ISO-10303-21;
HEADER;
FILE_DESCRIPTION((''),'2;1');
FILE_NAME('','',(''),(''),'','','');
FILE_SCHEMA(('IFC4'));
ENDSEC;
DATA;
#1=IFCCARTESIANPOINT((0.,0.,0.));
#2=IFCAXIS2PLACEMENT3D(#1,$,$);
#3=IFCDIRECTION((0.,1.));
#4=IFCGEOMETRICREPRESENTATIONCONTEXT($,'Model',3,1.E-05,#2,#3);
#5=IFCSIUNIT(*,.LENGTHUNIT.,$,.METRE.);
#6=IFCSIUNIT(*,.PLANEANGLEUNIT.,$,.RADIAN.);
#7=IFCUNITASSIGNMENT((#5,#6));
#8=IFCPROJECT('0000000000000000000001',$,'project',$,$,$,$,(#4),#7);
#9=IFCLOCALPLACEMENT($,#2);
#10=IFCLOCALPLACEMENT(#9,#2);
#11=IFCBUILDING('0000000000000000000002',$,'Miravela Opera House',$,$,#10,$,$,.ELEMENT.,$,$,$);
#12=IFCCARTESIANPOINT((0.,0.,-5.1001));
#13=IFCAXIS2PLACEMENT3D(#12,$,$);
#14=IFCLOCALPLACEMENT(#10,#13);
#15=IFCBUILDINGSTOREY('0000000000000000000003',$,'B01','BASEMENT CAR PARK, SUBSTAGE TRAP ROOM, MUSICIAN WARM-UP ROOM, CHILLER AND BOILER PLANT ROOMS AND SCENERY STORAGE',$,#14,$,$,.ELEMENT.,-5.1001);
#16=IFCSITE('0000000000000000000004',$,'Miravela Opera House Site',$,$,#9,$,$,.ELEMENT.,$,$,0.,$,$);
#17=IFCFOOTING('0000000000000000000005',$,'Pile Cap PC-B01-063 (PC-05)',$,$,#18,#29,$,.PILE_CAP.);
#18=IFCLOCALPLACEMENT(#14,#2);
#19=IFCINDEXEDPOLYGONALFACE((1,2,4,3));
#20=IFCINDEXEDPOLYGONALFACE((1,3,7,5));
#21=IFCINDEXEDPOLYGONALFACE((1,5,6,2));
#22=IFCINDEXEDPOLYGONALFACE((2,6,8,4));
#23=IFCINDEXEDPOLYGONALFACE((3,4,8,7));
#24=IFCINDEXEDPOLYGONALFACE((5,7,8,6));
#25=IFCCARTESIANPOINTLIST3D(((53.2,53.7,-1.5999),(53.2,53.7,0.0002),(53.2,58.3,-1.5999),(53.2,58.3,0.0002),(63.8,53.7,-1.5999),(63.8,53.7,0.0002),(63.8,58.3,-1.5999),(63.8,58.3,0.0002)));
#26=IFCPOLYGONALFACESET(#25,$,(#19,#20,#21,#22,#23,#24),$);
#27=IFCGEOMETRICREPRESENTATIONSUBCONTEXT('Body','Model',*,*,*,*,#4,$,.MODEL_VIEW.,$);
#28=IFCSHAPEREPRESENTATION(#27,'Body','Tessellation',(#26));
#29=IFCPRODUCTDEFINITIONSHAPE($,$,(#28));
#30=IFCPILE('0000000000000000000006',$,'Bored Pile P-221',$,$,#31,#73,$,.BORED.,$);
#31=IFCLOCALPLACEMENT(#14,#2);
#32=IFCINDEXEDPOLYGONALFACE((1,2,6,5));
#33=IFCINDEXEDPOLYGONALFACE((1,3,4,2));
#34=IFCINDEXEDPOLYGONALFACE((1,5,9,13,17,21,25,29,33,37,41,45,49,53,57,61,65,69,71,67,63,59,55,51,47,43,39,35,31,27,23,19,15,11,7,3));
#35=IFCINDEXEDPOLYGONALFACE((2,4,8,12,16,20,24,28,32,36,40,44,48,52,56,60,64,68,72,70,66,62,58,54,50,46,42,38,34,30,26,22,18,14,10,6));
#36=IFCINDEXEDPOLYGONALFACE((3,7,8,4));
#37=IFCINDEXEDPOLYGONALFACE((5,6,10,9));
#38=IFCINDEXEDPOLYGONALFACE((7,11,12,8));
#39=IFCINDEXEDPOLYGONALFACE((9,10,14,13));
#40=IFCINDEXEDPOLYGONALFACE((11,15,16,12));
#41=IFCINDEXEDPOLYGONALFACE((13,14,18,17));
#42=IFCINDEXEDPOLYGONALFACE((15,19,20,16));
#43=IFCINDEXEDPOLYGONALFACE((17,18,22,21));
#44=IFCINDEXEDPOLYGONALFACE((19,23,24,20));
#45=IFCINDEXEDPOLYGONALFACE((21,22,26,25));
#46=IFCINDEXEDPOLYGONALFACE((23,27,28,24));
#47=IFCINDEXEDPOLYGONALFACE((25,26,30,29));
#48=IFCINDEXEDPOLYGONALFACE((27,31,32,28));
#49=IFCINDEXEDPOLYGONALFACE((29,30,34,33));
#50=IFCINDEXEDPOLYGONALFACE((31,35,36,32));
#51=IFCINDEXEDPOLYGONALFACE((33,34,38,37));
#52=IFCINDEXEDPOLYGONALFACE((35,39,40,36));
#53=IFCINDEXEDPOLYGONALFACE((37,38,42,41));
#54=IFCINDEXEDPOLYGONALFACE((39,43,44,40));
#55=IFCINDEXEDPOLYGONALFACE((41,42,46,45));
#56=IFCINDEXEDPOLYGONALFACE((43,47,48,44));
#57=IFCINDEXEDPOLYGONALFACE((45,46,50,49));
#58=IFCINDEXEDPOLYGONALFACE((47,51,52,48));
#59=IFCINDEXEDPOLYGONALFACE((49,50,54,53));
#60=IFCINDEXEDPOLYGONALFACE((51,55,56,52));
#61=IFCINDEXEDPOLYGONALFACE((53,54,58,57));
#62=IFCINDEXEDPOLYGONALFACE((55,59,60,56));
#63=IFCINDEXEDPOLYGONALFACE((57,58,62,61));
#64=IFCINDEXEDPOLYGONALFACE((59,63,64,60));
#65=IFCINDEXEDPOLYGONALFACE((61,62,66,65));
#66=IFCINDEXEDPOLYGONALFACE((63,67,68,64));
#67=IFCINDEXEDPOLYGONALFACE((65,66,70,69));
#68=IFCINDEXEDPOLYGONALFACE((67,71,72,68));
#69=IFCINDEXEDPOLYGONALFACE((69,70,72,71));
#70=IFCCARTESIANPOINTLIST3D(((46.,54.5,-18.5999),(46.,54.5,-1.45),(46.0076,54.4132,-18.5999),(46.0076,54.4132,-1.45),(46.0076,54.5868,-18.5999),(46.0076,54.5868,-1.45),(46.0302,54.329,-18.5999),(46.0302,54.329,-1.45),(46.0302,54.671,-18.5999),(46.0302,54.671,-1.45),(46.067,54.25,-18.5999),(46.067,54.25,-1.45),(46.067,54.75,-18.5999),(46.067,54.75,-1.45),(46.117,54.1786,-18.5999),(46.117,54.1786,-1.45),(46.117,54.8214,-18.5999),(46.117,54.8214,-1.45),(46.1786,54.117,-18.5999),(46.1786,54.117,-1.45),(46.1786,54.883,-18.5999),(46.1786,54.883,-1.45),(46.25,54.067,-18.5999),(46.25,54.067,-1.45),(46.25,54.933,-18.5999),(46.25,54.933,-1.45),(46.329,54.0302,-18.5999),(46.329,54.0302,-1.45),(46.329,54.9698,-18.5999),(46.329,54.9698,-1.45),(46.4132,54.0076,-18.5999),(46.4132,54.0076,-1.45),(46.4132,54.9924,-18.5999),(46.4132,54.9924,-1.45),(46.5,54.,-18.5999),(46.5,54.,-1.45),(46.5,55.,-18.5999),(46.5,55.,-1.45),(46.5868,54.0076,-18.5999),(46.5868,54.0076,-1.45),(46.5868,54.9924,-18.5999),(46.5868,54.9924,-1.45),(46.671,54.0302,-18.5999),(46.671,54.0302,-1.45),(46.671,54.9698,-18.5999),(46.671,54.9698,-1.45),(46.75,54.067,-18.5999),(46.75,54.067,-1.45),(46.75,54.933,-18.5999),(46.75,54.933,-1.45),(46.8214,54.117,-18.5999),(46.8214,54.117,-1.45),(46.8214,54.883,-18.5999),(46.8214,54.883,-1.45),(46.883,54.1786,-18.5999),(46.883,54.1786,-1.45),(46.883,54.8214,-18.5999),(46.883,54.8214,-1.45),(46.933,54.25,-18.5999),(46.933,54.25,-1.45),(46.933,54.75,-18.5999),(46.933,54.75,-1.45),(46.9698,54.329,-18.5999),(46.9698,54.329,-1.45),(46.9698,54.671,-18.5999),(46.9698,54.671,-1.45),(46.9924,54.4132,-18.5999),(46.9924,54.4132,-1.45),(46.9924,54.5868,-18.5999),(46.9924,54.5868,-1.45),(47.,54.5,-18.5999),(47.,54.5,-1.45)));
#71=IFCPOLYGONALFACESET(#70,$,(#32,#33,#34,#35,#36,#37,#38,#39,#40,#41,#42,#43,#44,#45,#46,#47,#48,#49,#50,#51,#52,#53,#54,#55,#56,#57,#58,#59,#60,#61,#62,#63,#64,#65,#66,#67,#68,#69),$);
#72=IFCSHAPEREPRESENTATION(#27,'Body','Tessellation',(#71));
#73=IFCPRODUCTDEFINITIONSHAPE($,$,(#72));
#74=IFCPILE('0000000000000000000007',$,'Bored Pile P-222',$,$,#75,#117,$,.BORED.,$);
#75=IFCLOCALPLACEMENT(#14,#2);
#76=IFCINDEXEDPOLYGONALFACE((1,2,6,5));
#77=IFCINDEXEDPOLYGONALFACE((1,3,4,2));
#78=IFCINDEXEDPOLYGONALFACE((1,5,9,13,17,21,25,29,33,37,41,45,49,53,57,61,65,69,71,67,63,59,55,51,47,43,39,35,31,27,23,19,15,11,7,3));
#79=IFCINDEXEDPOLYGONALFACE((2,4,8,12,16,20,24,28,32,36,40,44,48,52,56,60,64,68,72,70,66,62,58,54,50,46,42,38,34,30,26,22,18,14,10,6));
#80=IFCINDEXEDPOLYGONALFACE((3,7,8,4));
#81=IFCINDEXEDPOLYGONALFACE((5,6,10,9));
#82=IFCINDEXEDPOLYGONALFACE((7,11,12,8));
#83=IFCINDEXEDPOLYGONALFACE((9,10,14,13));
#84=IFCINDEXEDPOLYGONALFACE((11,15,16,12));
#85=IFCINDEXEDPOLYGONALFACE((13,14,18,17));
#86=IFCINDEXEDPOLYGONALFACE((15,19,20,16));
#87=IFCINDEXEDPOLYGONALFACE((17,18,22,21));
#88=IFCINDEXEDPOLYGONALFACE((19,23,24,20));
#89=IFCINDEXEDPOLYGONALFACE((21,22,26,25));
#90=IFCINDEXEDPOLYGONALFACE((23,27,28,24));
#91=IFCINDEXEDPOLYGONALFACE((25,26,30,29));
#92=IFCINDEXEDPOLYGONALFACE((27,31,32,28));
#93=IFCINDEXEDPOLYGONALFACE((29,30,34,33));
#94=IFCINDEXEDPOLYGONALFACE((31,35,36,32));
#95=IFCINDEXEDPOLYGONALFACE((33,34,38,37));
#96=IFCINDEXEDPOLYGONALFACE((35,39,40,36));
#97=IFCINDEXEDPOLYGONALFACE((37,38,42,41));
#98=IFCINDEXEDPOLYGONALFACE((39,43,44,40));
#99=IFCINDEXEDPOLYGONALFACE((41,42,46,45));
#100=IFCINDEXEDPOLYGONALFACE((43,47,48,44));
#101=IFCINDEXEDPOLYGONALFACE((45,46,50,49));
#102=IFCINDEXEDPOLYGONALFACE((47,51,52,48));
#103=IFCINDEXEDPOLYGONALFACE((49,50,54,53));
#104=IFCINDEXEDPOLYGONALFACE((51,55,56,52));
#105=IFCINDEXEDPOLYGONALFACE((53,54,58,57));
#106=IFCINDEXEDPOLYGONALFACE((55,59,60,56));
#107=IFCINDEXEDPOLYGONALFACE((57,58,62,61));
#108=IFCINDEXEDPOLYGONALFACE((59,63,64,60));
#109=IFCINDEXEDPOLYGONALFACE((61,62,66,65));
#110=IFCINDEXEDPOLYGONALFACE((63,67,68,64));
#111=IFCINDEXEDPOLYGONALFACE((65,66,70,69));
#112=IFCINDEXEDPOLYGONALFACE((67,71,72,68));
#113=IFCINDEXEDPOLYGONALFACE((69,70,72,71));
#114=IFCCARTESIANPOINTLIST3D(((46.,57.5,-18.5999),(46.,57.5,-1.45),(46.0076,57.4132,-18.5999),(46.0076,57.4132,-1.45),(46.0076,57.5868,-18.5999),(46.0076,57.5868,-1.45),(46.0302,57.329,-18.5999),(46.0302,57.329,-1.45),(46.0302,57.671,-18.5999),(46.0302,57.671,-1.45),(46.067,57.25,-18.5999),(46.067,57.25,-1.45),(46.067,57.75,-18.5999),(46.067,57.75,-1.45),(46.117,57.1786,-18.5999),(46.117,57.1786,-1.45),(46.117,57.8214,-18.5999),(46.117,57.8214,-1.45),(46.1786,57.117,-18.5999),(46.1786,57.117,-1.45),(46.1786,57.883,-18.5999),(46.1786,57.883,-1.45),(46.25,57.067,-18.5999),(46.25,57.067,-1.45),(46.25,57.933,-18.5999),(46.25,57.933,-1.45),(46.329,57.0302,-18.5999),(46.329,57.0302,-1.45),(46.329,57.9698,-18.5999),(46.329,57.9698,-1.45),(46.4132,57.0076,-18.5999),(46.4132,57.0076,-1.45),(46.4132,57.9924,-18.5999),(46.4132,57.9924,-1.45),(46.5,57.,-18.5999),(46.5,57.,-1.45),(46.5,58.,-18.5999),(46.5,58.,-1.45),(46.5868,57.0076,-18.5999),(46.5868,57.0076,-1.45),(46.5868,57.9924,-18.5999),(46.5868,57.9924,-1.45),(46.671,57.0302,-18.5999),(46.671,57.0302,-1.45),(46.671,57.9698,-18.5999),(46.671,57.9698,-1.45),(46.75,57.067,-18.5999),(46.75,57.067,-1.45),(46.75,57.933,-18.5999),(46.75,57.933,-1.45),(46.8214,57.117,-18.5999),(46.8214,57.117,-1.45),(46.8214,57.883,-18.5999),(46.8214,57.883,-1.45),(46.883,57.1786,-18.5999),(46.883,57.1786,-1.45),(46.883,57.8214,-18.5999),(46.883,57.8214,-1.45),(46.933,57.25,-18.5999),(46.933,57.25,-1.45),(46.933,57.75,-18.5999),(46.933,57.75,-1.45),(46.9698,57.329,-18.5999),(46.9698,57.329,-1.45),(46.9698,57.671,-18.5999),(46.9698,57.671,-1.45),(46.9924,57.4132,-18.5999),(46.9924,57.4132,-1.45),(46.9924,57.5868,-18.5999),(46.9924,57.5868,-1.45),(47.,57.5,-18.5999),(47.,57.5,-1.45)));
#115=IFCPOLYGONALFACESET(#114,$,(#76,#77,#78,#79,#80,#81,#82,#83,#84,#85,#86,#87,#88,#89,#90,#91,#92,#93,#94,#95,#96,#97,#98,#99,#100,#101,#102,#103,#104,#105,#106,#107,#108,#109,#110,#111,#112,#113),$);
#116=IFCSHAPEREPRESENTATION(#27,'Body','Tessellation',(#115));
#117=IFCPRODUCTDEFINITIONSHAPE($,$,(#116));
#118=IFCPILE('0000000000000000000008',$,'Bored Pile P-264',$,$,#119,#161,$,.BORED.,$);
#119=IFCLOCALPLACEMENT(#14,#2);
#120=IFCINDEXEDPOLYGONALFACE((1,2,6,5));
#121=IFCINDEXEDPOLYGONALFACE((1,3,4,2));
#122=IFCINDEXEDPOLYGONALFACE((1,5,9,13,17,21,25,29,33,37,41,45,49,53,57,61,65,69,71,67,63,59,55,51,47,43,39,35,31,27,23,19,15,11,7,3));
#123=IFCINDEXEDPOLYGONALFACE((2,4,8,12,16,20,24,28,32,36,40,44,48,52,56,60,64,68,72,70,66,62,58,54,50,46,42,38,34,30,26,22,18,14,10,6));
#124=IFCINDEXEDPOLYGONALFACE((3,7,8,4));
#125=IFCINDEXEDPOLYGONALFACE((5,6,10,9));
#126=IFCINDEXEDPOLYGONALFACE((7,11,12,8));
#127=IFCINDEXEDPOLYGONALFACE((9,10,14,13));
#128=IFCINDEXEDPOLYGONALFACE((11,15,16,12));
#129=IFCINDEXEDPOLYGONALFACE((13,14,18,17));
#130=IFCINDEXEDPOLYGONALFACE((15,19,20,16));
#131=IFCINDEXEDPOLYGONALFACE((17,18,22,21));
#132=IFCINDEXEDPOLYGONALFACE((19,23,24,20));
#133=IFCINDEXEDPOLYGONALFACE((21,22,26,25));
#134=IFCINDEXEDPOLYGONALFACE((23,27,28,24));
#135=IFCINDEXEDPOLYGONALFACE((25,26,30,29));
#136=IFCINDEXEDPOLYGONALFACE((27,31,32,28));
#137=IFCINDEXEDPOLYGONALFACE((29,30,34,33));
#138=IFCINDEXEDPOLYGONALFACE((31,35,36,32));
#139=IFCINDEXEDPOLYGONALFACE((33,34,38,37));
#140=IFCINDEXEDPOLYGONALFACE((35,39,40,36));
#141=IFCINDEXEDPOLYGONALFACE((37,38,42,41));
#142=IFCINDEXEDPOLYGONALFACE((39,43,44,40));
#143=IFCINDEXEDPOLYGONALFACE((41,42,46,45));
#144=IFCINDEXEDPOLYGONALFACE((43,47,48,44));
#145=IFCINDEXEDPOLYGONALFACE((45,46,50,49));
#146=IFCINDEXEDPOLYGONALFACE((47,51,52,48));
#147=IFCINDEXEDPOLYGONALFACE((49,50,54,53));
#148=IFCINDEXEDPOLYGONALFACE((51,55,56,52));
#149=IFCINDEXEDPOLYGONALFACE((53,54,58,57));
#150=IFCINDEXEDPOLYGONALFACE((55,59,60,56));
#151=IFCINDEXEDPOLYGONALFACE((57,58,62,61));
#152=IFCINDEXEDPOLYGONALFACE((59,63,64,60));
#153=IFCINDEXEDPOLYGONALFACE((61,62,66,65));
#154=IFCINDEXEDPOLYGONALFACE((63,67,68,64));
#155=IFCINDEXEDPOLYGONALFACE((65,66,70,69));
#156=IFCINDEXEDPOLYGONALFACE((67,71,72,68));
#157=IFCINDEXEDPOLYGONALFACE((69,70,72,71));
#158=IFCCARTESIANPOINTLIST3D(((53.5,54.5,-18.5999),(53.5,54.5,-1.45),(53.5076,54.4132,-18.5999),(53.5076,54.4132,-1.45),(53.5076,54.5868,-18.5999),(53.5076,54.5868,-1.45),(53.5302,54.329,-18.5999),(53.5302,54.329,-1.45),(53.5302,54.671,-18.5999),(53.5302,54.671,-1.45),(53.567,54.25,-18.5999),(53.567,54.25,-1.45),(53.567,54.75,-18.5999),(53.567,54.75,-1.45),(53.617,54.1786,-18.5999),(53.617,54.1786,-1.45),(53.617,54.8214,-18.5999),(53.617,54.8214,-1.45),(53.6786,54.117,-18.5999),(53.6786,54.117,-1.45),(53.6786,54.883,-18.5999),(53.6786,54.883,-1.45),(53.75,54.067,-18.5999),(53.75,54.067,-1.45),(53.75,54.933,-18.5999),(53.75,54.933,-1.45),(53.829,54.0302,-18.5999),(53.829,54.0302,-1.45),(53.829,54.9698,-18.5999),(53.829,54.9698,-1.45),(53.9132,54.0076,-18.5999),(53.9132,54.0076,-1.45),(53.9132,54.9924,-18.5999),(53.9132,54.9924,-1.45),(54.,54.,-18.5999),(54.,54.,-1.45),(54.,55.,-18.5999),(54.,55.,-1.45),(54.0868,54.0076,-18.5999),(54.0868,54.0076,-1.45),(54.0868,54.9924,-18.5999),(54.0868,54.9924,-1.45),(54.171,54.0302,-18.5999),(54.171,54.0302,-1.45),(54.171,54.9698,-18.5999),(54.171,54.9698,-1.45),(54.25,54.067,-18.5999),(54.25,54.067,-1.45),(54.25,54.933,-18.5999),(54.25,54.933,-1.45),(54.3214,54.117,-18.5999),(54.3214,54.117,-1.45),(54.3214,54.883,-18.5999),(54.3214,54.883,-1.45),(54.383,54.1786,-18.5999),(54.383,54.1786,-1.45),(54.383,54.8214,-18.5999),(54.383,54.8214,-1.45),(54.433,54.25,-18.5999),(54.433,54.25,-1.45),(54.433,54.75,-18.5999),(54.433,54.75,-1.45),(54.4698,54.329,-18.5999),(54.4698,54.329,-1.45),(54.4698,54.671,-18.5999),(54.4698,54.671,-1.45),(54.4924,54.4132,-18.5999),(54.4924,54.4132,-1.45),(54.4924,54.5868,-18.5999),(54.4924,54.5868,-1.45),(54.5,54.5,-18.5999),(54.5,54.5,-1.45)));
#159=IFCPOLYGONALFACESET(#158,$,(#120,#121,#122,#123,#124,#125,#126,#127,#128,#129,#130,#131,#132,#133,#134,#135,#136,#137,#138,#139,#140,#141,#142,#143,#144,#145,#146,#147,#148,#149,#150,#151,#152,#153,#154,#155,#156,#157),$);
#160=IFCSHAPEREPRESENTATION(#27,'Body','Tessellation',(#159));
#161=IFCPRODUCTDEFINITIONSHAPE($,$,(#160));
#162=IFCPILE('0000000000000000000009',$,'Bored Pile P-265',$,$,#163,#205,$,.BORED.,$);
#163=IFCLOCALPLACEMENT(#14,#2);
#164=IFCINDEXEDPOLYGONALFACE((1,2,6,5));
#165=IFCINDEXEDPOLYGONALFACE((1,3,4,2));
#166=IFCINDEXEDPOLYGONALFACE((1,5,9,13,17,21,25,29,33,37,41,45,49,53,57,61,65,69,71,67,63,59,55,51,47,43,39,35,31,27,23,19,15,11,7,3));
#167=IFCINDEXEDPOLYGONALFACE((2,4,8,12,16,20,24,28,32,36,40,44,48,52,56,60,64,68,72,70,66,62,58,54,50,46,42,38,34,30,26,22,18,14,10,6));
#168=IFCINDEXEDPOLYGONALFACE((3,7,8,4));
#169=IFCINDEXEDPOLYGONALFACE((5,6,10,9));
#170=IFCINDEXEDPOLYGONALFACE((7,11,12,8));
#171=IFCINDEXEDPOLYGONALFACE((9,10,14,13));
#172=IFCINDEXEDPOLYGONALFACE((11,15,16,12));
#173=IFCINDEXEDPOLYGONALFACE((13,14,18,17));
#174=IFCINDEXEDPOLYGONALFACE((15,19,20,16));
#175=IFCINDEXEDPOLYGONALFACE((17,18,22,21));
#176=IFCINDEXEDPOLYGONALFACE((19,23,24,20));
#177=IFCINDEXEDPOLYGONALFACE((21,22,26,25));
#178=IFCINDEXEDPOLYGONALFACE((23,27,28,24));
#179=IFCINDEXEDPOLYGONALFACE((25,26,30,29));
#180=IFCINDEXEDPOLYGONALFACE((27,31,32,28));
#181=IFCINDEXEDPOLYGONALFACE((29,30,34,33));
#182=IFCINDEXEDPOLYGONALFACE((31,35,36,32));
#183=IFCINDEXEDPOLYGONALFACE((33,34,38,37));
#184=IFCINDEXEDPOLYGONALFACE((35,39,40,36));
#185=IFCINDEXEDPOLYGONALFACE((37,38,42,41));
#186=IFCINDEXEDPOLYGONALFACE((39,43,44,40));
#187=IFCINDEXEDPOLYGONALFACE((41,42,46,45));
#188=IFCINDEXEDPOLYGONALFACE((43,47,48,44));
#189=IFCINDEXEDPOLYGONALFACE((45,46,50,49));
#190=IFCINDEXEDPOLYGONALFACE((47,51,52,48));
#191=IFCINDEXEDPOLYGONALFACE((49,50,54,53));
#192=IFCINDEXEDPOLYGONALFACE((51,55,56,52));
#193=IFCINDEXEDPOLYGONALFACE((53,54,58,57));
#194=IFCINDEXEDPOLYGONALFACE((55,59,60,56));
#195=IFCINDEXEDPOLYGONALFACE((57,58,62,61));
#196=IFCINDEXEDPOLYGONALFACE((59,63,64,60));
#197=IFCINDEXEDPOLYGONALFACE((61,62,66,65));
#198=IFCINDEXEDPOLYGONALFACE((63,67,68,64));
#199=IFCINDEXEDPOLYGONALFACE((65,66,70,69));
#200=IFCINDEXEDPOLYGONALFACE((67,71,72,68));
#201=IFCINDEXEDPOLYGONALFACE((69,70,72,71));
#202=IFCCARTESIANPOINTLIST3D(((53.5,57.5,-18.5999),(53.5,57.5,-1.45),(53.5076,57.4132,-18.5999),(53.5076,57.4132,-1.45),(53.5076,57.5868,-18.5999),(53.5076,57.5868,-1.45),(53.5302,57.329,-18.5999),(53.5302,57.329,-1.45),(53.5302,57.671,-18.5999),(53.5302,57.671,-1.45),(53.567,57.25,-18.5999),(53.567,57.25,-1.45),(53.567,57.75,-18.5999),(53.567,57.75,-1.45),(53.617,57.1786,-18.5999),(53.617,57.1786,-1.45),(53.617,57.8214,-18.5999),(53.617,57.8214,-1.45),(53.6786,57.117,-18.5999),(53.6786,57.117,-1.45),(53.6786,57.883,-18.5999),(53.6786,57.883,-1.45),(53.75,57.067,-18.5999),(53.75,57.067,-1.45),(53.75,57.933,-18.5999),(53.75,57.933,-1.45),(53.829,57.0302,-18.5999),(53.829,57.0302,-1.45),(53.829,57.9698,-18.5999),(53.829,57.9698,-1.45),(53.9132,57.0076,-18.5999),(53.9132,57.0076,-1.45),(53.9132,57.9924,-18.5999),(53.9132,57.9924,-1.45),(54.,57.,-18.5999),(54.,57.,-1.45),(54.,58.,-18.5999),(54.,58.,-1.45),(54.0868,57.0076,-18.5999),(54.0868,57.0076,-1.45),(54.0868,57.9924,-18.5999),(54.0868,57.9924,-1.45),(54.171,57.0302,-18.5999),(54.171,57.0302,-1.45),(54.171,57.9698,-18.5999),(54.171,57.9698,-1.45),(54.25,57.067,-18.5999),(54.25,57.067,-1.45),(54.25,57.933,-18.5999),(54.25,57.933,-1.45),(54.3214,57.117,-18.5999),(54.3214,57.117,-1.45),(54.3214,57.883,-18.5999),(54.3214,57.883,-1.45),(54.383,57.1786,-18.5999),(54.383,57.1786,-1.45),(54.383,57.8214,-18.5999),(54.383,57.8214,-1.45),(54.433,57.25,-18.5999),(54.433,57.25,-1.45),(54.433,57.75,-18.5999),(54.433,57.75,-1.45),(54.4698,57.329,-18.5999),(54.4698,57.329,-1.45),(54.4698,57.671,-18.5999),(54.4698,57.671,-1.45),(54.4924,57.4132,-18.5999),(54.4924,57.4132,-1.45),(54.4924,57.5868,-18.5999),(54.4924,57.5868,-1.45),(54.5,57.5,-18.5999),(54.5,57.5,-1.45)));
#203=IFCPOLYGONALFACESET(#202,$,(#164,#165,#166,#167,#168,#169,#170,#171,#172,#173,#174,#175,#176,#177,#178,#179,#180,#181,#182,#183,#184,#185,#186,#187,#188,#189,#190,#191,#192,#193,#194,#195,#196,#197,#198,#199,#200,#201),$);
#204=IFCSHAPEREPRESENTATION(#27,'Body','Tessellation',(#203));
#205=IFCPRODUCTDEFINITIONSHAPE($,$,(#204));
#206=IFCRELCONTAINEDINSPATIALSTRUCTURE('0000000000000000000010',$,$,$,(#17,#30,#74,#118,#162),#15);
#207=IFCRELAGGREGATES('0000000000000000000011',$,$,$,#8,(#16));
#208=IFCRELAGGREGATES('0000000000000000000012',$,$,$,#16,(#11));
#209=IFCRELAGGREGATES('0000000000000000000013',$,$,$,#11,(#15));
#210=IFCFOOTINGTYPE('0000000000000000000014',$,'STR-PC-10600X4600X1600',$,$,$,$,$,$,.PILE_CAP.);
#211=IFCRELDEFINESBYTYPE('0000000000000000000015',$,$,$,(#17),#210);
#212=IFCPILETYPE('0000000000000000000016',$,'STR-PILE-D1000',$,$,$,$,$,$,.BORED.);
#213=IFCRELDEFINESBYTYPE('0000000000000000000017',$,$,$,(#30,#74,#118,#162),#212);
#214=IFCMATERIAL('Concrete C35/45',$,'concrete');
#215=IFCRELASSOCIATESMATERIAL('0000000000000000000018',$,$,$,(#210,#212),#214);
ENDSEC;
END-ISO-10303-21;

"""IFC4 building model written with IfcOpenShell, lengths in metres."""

from ifc_helpers import new_model, si_unit, direction, frame, origin, origin_2d, place, context, subcontext, project, spatial, rectangle, circle, extrude, material, material_profile, profile_set, type_object, element, save


model = new_model("IFC4")

# Units and contexts
model_context = context("Model", 3, precision=1e-05, world=origin(), true_north=direction((0.0, 1.0)))
body_context = subcontext(model_context, "Body", "Model", "MODEL_VIEW")
ifc_project = project(units=[si_unit("LENGTHUNIT", "METRE"), si_unit("PLANEANGLEUNIT", "RADIAN")], contexts=[model_context])

# Site, building, storey
site_placement = place(None, origin())
site = spatial("IfcSite", under=ifc_project, at=site_placement, Name="Miravela Opera House Site", CompositionType="ELEMENT", RefElevation=0.0)
building_placement = place(site_placement, origin())
building = spatial("IfcBuilding", under=site, at=building_placement, Name="Miravela Opera House", CompositionType="ELEMENT")
storey_placement = place(building_placement, frame((0.0, 0.0, -5.1001)))
storey = spatial("IfcBuildingStorey", under=building, at=storey_placement, Name="B01", Description="BASEMENT CAR PARK, SUBSTAGE TRAP ROOM, MUSICIAN WARM-UP ROOM, CHILLER AND BOILER PLANT ROOMS AND SCENERY STORAGE", CompositionType="ELEMENT", Elevation=-5.1001)

# Footing
ifc_material_1 = material(Name="Concrete C35/45", Category="concrete")
footing_type = type_object("IfcFootingType", Name="STR-PC-10600X4600X1600", PredefinedType="PILE_CAP", material=ifc_material_1)
footing_placement = place(storey_placement, frame((58.5, 56.0, -1.5999), z_axis=(0.0, 0.0, 1.0), x_axis=(1.0, 0.0, 0.0)))
element("IfcFooting", 1, at=footing_placement, inside=storey, type_object=footing_type, Name="Pile Cap PC-B01-063 (PC-05)", PredefinedType="PILE_CAP", context=body_context, shape_type="SweptSolid", body=[
    extrude(rectangle(XDim=10.6001, YDim=4.6001, at=origin_2d()), origin(), (0.0, 0.0, 1.0), 1.6001),
])

# Piles
ifc_material_profile_1 = material_profile(ifc_material_1, circle(Radius=0.5, at=origin_2d()), Name="PILE-D1000")
ifc_profile_set_1 = profile_set([ifc_material_profile_1])
pile_type = type_object("IfcPileType", Name="STR-PILE-D1000", PredefinedType="BORED", material=ifc_profile_set_1)
for number, where, z_axis, x_axis, name in (
    (2, (46.5, 54.5, -1.45), (0.0, 0.0, -1.0), (1.0, 0.0, 0.0), "Bored Pile P-221"),
    (3, (46.5, 57.5, -1.45), (0.0, 0.0, -1.0), (1.0, 0.0, 0.0), "Bored Pile P-222"),
    (4, (54.0, 54.5, -1.45), (0.0, 0.0, -1.0), (1.0, 0.0, 0.0), "Bored Pile P-264"),
    (5, (54.0, 57.5, -1.45), (0.0, 0.0, -1.0), (1.0, 0.0, 0.0), "Bored Pile P-265"),
):
    element("IfcPile", number, at=place(storey_placement, frame(where, z_axis=z_axis, x_axis=x_axis)), inside=storey, type_object=pile_type, Name=name, PredefinedType="BORED", context=body_context, shape_type="SweptSolid", body=[
        extrude(circle(Radius=0.5, at=origin_2d()), origin(), (0.0, 0.0, 1.0), 17.1499),
    ])

save(model, "model.ifc")
